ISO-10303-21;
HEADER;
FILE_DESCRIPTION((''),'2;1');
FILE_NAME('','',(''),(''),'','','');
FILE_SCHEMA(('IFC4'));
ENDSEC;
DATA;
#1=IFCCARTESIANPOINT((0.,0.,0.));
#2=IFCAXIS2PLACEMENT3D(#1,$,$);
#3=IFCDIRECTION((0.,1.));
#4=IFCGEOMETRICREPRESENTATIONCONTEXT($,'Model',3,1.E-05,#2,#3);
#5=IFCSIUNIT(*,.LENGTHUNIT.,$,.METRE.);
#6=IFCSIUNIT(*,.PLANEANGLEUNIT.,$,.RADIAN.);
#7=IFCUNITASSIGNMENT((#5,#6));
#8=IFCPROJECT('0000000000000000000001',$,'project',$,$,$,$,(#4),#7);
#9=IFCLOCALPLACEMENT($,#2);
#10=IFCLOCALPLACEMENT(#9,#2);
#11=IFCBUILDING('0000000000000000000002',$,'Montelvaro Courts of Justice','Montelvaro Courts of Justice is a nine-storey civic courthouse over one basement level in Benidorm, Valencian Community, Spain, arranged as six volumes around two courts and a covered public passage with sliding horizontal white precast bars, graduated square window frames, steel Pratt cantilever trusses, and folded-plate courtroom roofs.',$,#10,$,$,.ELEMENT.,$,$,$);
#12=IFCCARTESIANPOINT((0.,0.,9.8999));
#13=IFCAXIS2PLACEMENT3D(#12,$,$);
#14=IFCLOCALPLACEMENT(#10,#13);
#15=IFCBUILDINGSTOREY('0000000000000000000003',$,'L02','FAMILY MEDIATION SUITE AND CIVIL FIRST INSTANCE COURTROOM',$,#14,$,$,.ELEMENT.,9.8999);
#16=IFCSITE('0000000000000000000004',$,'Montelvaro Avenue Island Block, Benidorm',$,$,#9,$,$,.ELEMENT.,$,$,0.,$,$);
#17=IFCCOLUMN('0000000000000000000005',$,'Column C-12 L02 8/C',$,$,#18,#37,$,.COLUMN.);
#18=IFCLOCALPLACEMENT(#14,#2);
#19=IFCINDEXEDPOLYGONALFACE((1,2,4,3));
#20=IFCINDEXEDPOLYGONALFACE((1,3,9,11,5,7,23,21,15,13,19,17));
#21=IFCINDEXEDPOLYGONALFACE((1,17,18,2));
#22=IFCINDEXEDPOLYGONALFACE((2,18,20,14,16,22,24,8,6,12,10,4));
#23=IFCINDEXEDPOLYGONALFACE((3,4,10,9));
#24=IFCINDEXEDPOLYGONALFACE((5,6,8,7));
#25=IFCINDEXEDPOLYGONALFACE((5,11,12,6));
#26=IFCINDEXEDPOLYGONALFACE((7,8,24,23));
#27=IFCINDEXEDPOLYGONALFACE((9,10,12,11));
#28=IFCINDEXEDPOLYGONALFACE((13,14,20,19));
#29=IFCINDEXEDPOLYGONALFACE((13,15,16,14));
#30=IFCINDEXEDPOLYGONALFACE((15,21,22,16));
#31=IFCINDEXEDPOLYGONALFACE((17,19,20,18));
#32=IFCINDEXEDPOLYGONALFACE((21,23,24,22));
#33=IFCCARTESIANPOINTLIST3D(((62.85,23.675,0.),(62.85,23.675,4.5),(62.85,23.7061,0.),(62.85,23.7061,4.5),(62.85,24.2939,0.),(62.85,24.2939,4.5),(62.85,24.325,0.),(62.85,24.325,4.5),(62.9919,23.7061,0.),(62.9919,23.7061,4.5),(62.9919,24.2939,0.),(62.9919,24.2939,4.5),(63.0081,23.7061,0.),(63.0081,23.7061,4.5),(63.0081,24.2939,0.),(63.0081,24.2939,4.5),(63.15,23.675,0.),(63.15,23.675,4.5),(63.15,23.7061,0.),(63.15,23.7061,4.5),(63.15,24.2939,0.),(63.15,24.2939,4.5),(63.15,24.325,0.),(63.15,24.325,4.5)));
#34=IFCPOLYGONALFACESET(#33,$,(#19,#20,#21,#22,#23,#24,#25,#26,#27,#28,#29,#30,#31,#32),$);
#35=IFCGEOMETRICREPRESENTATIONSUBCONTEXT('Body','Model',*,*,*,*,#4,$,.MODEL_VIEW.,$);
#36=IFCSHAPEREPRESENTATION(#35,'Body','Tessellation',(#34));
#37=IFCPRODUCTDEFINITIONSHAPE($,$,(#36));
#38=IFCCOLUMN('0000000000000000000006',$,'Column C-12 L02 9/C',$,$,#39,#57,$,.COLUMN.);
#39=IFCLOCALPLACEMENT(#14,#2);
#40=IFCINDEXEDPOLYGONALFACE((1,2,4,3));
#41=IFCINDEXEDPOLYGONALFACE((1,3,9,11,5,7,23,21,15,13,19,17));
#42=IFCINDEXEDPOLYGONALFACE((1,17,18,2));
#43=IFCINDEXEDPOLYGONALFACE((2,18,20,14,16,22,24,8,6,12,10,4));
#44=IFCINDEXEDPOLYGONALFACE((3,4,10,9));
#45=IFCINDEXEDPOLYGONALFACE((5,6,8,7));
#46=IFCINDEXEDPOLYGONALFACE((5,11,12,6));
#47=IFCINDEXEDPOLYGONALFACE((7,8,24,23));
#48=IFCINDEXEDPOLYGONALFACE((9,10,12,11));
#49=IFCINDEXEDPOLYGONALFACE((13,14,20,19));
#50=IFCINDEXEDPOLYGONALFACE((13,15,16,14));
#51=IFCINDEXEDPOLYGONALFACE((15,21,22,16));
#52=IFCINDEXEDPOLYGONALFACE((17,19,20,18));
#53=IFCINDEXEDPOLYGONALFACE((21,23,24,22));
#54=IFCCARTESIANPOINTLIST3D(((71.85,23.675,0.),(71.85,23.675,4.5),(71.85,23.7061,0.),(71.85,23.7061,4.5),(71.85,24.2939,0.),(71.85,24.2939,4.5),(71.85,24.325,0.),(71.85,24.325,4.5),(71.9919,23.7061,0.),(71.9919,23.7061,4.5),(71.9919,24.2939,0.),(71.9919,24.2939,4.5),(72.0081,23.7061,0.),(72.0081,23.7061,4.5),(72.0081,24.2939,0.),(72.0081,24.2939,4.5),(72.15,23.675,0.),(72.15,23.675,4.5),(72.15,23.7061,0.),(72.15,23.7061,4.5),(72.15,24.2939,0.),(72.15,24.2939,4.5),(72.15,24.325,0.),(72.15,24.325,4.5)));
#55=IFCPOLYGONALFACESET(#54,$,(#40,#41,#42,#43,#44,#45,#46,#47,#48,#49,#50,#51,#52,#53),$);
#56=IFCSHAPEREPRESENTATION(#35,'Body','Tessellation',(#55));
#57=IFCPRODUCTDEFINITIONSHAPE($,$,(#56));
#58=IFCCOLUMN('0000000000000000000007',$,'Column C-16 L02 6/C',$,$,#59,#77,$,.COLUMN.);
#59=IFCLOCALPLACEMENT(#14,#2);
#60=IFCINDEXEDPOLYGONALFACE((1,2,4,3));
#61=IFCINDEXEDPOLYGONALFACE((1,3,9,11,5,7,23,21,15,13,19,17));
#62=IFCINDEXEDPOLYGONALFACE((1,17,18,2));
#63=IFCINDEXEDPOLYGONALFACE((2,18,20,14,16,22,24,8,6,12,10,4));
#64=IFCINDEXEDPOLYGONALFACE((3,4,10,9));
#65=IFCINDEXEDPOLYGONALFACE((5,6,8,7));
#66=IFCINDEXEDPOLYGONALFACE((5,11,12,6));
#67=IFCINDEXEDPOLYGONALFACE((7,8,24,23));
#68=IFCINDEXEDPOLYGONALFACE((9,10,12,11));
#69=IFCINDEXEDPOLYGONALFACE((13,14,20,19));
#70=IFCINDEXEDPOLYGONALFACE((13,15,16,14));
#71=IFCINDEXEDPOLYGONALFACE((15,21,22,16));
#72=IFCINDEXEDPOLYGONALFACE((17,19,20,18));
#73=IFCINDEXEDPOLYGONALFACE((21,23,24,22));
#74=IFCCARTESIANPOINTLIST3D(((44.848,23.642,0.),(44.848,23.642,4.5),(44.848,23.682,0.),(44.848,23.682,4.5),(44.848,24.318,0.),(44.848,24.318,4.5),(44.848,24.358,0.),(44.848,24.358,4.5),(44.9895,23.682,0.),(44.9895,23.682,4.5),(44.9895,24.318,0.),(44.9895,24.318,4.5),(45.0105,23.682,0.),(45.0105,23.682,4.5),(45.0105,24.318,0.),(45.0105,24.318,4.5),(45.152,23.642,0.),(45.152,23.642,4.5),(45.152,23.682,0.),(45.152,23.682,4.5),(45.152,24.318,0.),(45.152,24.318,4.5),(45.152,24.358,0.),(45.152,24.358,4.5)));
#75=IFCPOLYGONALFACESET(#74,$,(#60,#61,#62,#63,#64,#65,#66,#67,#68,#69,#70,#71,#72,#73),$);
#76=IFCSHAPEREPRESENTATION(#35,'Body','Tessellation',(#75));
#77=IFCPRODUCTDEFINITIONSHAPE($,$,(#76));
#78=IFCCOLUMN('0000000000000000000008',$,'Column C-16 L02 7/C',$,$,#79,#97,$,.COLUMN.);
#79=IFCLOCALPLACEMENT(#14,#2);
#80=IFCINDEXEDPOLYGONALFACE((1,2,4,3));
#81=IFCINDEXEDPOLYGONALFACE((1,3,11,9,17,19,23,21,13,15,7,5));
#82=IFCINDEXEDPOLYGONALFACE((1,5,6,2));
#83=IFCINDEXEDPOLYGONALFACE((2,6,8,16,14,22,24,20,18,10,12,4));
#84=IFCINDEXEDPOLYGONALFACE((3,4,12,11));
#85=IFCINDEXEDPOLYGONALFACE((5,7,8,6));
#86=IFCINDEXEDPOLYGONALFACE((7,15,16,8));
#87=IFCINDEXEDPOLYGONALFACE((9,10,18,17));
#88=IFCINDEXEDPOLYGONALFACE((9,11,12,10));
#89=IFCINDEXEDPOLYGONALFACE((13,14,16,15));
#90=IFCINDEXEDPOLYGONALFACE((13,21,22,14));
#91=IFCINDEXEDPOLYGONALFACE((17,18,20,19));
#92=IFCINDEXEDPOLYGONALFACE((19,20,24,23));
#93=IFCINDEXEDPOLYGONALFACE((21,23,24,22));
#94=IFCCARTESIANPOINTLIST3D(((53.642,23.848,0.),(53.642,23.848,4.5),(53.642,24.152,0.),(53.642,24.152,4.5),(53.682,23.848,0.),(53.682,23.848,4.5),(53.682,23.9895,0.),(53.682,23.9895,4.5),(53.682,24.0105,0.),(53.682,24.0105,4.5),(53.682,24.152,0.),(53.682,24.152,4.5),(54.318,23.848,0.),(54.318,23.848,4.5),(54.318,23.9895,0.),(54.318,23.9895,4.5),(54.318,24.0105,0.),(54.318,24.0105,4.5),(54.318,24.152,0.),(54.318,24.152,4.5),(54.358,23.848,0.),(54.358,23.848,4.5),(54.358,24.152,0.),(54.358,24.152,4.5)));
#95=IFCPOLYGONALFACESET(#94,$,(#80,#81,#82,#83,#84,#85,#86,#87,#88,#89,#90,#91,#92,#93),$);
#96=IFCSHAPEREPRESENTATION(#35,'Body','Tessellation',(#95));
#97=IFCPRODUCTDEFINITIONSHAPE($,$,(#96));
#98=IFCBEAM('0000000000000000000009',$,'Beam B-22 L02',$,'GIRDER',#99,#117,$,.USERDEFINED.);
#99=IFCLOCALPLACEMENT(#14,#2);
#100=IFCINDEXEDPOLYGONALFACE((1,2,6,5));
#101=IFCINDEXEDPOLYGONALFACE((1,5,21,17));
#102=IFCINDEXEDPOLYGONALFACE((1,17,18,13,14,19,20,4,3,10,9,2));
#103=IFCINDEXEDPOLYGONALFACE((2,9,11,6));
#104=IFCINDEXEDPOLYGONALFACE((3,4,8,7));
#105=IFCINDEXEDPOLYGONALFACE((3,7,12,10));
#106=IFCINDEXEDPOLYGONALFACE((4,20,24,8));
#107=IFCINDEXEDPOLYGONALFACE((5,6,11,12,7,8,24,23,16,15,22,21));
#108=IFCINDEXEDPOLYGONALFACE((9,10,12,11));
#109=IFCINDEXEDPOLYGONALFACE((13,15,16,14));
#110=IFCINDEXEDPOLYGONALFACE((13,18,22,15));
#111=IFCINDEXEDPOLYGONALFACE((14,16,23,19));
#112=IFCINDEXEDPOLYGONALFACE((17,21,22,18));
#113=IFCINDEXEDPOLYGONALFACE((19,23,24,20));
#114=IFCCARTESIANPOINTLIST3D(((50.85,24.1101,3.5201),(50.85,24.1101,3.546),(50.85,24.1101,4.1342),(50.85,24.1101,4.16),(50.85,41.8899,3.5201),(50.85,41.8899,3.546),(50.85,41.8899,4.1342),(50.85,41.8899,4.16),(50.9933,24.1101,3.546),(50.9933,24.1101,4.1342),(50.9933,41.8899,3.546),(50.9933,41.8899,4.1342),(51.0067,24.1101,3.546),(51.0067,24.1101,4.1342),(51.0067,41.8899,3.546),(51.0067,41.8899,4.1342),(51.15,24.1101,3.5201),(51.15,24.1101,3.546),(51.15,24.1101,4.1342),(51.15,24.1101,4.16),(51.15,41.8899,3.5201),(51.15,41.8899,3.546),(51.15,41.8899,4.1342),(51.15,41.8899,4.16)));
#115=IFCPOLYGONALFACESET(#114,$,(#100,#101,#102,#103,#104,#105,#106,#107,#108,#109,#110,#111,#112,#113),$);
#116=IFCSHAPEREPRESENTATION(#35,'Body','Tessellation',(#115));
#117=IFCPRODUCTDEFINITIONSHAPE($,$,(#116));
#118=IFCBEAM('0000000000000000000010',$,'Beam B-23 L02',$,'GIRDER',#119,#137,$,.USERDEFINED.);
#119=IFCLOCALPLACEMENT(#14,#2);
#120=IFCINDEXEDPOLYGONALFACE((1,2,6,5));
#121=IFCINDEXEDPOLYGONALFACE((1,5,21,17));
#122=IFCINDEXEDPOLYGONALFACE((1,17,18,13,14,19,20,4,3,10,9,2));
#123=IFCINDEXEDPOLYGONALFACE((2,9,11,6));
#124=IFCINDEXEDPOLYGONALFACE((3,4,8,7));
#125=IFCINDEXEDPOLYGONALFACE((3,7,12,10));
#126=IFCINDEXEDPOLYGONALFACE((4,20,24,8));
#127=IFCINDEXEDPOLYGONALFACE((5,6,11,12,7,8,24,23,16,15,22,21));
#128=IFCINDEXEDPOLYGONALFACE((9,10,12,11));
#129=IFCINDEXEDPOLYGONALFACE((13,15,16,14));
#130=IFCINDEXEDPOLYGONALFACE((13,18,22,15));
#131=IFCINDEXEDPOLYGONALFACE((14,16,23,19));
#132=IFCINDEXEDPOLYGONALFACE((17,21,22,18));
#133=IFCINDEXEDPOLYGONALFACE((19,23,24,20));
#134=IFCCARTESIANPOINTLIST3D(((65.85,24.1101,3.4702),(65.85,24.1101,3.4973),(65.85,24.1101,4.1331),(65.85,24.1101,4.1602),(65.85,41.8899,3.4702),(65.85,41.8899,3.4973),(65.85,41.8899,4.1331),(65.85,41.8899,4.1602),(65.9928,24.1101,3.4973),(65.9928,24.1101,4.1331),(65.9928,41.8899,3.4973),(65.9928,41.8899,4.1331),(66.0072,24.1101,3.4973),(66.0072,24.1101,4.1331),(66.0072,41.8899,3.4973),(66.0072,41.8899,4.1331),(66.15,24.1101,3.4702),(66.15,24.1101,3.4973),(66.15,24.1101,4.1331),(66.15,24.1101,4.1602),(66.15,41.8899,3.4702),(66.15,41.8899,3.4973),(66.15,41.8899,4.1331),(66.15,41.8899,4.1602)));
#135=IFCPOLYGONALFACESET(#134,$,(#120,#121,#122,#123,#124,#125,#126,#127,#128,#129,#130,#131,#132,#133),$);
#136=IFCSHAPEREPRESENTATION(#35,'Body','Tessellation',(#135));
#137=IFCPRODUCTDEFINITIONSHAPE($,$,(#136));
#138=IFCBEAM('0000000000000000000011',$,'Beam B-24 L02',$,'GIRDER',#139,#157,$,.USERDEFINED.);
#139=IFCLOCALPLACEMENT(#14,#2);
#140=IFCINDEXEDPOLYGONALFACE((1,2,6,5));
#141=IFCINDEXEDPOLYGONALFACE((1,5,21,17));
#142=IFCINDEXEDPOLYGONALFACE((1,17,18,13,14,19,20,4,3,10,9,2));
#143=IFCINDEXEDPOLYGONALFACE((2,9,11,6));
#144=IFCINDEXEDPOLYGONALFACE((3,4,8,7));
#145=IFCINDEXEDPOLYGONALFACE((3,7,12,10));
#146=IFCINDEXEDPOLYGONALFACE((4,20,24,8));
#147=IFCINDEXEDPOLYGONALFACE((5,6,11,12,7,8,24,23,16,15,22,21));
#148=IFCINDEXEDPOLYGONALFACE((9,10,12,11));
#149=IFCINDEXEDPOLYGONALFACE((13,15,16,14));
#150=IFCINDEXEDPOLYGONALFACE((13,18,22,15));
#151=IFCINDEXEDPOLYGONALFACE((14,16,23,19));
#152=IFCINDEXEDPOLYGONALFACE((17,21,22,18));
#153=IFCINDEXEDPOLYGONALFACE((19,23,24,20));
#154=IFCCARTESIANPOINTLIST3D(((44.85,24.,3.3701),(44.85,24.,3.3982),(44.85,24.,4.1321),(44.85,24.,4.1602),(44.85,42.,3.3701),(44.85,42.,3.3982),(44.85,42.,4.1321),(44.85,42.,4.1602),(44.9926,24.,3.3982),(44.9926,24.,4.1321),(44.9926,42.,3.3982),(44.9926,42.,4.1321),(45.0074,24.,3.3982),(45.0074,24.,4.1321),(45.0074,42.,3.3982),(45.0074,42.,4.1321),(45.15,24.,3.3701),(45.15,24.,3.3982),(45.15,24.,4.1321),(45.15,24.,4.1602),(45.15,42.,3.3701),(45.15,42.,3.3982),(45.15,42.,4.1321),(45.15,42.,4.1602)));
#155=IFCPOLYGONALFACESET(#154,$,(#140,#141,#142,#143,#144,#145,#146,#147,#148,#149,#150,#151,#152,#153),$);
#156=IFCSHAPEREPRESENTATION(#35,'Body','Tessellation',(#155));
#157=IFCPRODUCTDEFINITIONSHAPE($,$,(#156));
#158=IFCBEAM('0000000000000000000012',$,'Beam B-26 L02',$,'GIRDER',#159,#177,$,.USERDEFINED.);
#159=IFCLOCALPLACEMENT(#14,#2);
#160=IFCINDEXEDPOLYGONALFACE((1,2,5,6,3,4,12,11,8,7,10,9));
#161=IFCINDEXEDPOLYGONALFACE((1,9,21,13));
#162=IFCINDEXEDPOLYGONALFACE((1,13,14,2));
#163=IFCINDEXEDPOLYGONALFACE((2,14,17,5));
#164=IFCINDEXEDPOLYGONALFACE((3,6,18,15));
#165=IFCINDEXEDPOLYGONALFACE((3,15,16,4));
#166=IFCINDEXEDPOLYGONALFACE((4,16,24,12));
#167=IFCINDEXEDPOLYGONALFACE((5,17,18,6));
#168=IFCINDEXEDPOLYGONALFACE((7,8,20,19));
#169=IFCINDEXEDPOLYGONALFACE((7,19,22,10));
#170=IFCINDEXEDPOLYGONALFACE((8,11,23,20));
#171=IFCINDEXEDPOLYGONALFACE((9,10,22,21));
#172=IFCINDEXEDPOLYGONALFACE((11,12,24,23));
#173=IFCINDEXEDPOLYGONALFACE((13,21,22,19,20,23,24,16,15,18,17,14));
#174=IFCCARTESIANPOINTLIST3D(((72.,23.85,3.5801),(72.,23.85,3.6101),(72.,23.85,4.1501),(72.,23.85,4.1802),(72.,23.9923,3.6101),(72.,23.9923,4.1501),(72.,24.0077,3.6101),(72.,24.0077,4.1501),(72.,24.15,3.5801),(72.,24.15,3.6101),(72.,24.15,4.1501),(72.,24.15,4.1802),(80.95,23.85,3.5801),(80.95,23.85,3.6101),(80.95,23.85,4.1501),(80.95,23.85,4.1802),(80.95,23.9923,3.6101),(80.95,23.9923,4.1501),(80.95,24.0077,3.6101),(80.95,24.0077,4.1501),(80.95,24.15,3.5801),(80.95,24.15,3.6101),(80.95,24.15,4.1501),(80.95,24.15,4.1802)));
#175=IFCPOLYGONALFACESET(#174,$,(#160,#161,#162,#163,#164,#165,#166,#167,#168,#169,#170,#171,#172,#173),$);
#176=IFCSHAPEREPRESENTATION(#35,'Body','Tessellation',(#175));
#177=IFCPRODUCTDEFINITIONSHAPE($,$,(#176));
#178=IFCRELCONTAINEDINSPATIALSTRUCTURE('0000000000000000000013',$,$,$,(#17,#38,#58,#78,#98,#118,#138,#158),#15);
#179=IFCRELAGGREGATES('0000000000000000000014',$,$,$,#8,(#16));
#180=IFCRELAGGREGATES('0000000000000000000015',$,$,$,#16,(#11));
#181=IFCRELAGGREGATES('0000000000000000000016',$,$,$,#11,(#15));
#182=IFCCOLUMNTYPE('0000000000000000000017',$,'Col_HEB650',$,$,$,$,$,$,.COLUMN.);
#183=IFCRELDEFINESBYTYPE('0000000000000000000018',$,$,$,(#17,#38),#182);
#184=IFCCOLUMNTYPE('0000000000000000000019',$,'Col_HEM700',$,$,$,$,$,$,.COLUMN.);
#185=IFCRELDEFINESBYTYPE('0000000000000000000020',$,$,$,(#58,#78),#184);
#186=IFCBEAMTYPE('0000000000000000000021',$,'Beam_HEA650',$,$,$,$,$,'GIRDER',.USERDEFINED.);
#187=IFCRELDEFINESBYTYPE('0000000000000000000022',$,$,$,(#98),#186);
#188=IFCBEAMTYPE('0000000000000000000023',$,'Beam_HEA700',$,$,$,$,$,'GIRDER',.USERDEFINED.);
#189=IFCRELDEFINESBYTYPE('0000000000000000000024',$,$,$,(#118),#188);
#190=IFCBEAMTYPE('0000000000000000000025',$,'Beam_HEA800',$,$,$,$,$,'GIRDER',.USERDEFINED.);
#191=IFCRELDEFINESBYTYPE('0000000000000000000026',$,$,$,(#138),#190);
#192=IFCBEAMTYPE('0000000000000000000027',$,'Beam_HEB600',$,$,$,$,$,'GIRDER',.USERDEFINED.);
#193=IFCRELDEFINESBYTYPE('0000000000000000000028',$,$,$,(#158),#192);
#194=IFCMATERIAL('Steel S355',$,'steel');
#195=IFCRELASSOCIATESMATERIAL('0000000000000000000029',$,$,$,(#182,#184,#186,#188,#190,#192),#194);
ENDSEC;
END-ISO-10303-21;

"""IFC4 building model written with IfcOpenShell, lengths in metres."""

from ifc_helpers import new_model, si_unit, direction, frame, origin, origin_2d, place, context, subcontext, project, spatial, i_section, extrude, material, material_profile, profile_set, type_object, element, save


model = new_model("IFC4")

# Units and contexts
model_context = context("Model", 3, precision=1e-05, world=origin(), true_north=direction((0.0, 1.0)))
body_context = subcontext(model_context, "Body", "Model", "MODEL_VIEW")
ifc_project = project(units=[si_unit("LENGTHUNIT", "METRE"), si_unit("PLANEANGLEUNIT", "RADIAN")], contexts=[model_context])

# Site, building, storey
site_placement = place(None, origin())
site = spatial("IfcSite", under=ifc_project, at=site_placement, Name="Montelvaro Avenue Island Block, Benidorm", CompositionType="ELEMENT", RefElevation=0.0)
building_placement = place(site_placement, origin())
building = spatial("IfcBuilding", under=site, at=building_placement, Name="Montelvaro Courts of Justice", Description="Montelvaro Courts of Justice is a nine-storey civic courthouse over one basement level in Benidorm, Valencian Community, Spain, arranged as six volumes around two courts and a covered public passage with sliding horizontal white precast bars, graduated square window frames, steel Pratt cantilever trusses, and folded-plate courtroom roofs.", CompositionType="ELEMENT")
storey_placement = place(building_placement, frame((0.0, 0.0, 9.8999)))
storey = spatial("IfcBuildingStorey", under=building, at=storey_placement, Name="L02", Description="FAMILY MEDIATION SUITE AND CIVIL FIRST INSTANCE COURTROOM", CompositionType="ELEMENT", Elevation=9.8999)

# Columns
ifc_material_1 = material(Name="Steel S355", Category="steel")
ifc_material_profile_1 = material_profile(ifc_material_1, i_section(OverallWidth=0.3, OverallDepth=0.6499, WebThickness=0.0161, FlangeThickness=0.031, at=origin_2d()), Name="HEB 650")
ifc_profile_set_1 = profile_set([ifc_material_profile_1], Name="Steel S355")
column_type_1 = type_object("IfcColumnType", Name="Col_HEB650", PredefinedType="COLUMN", material=ifc_profile_set_1)
for number, where, z_axis, x_axis, name in (
    (1, (63.0, 24.0, 0.0), (0.0, 0.0, 1.0), (1.0, 0.0, 0.0), "Column C-12 L02 8/C"),
    (2, (72.0, 24.0, 0.0), (0.0, 0.0, 1.0), (1.0, 0.0, 0.0), "Column C-12 L02 9/C"),
):
    element("IfcColumn", number, at=place(storey_placement, frame(where, z_axis=z_axis, x_axis=x_axis)), inside=storey, type_object=column_type_1, Name=name, PredefinedType="COLUMN", context=body_context, shape_type="SweptSolid", body=[
        extrude(i_section(OverallWidth=0.3, OverallDepth=0.6499, WebThickness=0.0161, FlangeThickness=0.031, at=origin_2d()), origin(), (0.0, 0.0, 1.0), 4.5),
    ])
ifc_material_profile_2 = material_profile(ifc_material_1, i_section(OverallWidth=0.304, OverallDepth=0.7161, WebThickness=0.021, FlangeThickness=0.04, at=origin_2d()), Name="HEM 700")
ifc_profile_set_2 = profile_set([ifc_material_profile_2], Name="Steel S355")
column_type_2 = type_object("IfcColumnType", Name="Col_HEM700", PredefinedType="COLUMN", material=ifc_profile_set_2)
for number, where, z_axis, x_axis, name in (
    (3, (45.0, 24.0, 0.0), (0.0, 0.0, 1.0), (1.0, 0.0, 0.0), "Column C-16 L02 6/C"),
    (4, (54.0, 24.0, 0.0), (0.0, 0.0, 1.0), (0.0, 1.0, 0.0), "Column C-16 L02 7/C"),
):
    element("IfcColumn", number, at=place(storey_placement, frame(where, z_axis=z_axis, x_axis=x_axis)), inside=storey, type_object=column_type_2, Name=name, PredefinedType="COLUMN", context=body_context, shape_type="SweptSolid", body=[
        extrude(i_section(OverallWidth=0.304, OverallDepth=0.7161, WebThickness=0.021, FlangeThickness=0.04, at=origin_2d()), origin(), (0.0, 0.0, 1.0), 4.5),
    ])

# Beams
ifc_material_profile_3 = material_profile(ifc_material_1, i_section(OverallWidth=0.3, OverallDepth=0.6399, WebThickness=0.0134, FlangeThickness=0.0259, at=origin_2d()), Name="HEA 650")
ifc_profile_set_3 = profile_set([ifc_material_profile_3], Name="Steel S355")
beam_type_1 = type_object("IfcBeamType", Name="Beam_HEA650", ElementType="GIRDER", PredefinedType="USERDEFINED", material=ifc_profile_set_3)
beam_1_placement = place(storey_placement, frame((51.0, 24.1101, 3.8401), z_axis=(0.0, 1.0, 0.0), x_axis=(-1.0, 0.0, 0.0)))
element("IfcBeam", 5, at=beam_1_placement, inside=storey, type_object=beam_type_1, Name="Beam B-22 L02", ObjectType="GIRDER", PredefinedType="USERDEFINED", context=body_context, shape_type="SweptSolid", body=[
    extrude(i_section(OverallWidth=0.3, OverallDepth=0.6399, WebThickness=0.0134, FlangeThickness=0.0259, at=origin_2d()), origin(), (0.0, 0.0, 1.0), 17.7798),
])
ifc_material_profile_4 = material_profile(ifc_material_1, i_section(OverallWidth=0.3, OverallDepth=0.6899, WebThickness=0.0144, FlangeThickness=0.0271, at=origin_2d()), Name="HEA 700")
ifc_profile_set_4 = profile_set([ifc_material_profile_4], Name="Steel S355")
beam_type_2 = type_object("IfcBeamType", Name="Beam_HEA700", ElementType="GIRDER", PredefinedType="USERDEFINED", material=ifc_profile_set_4)
beam_2_placement = place(storey_placement, frame((66.0, 24.1101, 3.8152), z_axis=(0.0, 1.0, 0.0), x_axis=(-1.0, 0.0, 0.0)))
element("IfcBeam", 6, at=beam_2_placement, inside=storey, type_object=beam_type_2, Name="Beam B-23 L02", ObjectType="GIRDER", PredefinedType="USERDEFINED", context=body_context, shape_type="SweptSolid", body=[
    extrude(i_section(OverallWidth=0.3, OverallDepth=0.6899, WebThickness=0.0144, FlangeThickness=0.0271, at=origin_2d()), origin(), (0.0, 0.0, 1.0), 17.7798),
])
ifc_material_profile_5 = material_profile(ifc_material_1, i_section(OverallWidth=0.3, OverallDepth=0.79, WebThickness=0.0149, FlangeThickness=0.0281, at=origin_2d()), Name="HEA 800")
ifc_profile_set_5 = profile_set([ifc_material_profile_5], Name="Steel S355")
beam_type_3 = type_object("IfcBeamType", Name="Beam_HEA800", ElementType="GIRDER", PredefinedType="USERDEFINED", material=ifc_profile_set_5)
beam_3_placement = place(storey_placement, frame((45.0, 24.0, 3.7651), z_axis=(0.0, 1.0, 0.0), x_axis=(-1.0, 0.0, 0.0)))
element("IfcBeam", 7, at=beam_3_placement, inside=storey, type_object=beam_type_3, Name="Beam B-24 L02", ObjectType="GIRDER", PredefinedType="USERDEFINED", context=body_context, shape_type="SweptSolid", body=[
    extrude(i_section(OverallWidth=0.3, OverallDepth=0.79, WebThickness=0.0149, FlangeThickness=0.0281, at=origin_2d()), origin(), (0.0, 0.0, 1.0), 18.0),
])
ifc_material_profile_6 = material_profile(ifc_material_1, i_section(OverallWidth=0.3, OverallDepth=0.6001, WebThickness=0.0154, FlangeThickness=0.03, at=origin_2d()), Name="HEB 600")
ifc_profile_set_6 = profile_set([ifc_material_profile_6], Name="Steel S355")
beam_type_4 = type_object("IfcBeamType", Name="Beam_HEB600", ElementType="GIRDER", PredefinedType="USERDEFINED", material=ifc_profile_set_6)
beam_4_placement = place(storey_placement, frame((72.0, 24.0, 3.8801), z_axis=(1.0, 0.0, 0.0), x_axis=(0.0, 1.0, 0.0)))
element("IfcBeam", 8, at=beam_4_placement, inside=storey, type_object=beam_type_4, Name="Beam B-26 L02", ObjectType="GIRDER", PredefinedType="USERDEFINED", context=body_context, shape_type="SweptSolid", body=[
    extrude(i_section(OverallWidth=0.3, OverallDepth=0.6001, WebThickness=0.0154, FlangeThickness=0.03, at=origin_2d()), origin(), (0.0, 0.0, 1.0), 8.95),
])

save(model, "model.ifc")
